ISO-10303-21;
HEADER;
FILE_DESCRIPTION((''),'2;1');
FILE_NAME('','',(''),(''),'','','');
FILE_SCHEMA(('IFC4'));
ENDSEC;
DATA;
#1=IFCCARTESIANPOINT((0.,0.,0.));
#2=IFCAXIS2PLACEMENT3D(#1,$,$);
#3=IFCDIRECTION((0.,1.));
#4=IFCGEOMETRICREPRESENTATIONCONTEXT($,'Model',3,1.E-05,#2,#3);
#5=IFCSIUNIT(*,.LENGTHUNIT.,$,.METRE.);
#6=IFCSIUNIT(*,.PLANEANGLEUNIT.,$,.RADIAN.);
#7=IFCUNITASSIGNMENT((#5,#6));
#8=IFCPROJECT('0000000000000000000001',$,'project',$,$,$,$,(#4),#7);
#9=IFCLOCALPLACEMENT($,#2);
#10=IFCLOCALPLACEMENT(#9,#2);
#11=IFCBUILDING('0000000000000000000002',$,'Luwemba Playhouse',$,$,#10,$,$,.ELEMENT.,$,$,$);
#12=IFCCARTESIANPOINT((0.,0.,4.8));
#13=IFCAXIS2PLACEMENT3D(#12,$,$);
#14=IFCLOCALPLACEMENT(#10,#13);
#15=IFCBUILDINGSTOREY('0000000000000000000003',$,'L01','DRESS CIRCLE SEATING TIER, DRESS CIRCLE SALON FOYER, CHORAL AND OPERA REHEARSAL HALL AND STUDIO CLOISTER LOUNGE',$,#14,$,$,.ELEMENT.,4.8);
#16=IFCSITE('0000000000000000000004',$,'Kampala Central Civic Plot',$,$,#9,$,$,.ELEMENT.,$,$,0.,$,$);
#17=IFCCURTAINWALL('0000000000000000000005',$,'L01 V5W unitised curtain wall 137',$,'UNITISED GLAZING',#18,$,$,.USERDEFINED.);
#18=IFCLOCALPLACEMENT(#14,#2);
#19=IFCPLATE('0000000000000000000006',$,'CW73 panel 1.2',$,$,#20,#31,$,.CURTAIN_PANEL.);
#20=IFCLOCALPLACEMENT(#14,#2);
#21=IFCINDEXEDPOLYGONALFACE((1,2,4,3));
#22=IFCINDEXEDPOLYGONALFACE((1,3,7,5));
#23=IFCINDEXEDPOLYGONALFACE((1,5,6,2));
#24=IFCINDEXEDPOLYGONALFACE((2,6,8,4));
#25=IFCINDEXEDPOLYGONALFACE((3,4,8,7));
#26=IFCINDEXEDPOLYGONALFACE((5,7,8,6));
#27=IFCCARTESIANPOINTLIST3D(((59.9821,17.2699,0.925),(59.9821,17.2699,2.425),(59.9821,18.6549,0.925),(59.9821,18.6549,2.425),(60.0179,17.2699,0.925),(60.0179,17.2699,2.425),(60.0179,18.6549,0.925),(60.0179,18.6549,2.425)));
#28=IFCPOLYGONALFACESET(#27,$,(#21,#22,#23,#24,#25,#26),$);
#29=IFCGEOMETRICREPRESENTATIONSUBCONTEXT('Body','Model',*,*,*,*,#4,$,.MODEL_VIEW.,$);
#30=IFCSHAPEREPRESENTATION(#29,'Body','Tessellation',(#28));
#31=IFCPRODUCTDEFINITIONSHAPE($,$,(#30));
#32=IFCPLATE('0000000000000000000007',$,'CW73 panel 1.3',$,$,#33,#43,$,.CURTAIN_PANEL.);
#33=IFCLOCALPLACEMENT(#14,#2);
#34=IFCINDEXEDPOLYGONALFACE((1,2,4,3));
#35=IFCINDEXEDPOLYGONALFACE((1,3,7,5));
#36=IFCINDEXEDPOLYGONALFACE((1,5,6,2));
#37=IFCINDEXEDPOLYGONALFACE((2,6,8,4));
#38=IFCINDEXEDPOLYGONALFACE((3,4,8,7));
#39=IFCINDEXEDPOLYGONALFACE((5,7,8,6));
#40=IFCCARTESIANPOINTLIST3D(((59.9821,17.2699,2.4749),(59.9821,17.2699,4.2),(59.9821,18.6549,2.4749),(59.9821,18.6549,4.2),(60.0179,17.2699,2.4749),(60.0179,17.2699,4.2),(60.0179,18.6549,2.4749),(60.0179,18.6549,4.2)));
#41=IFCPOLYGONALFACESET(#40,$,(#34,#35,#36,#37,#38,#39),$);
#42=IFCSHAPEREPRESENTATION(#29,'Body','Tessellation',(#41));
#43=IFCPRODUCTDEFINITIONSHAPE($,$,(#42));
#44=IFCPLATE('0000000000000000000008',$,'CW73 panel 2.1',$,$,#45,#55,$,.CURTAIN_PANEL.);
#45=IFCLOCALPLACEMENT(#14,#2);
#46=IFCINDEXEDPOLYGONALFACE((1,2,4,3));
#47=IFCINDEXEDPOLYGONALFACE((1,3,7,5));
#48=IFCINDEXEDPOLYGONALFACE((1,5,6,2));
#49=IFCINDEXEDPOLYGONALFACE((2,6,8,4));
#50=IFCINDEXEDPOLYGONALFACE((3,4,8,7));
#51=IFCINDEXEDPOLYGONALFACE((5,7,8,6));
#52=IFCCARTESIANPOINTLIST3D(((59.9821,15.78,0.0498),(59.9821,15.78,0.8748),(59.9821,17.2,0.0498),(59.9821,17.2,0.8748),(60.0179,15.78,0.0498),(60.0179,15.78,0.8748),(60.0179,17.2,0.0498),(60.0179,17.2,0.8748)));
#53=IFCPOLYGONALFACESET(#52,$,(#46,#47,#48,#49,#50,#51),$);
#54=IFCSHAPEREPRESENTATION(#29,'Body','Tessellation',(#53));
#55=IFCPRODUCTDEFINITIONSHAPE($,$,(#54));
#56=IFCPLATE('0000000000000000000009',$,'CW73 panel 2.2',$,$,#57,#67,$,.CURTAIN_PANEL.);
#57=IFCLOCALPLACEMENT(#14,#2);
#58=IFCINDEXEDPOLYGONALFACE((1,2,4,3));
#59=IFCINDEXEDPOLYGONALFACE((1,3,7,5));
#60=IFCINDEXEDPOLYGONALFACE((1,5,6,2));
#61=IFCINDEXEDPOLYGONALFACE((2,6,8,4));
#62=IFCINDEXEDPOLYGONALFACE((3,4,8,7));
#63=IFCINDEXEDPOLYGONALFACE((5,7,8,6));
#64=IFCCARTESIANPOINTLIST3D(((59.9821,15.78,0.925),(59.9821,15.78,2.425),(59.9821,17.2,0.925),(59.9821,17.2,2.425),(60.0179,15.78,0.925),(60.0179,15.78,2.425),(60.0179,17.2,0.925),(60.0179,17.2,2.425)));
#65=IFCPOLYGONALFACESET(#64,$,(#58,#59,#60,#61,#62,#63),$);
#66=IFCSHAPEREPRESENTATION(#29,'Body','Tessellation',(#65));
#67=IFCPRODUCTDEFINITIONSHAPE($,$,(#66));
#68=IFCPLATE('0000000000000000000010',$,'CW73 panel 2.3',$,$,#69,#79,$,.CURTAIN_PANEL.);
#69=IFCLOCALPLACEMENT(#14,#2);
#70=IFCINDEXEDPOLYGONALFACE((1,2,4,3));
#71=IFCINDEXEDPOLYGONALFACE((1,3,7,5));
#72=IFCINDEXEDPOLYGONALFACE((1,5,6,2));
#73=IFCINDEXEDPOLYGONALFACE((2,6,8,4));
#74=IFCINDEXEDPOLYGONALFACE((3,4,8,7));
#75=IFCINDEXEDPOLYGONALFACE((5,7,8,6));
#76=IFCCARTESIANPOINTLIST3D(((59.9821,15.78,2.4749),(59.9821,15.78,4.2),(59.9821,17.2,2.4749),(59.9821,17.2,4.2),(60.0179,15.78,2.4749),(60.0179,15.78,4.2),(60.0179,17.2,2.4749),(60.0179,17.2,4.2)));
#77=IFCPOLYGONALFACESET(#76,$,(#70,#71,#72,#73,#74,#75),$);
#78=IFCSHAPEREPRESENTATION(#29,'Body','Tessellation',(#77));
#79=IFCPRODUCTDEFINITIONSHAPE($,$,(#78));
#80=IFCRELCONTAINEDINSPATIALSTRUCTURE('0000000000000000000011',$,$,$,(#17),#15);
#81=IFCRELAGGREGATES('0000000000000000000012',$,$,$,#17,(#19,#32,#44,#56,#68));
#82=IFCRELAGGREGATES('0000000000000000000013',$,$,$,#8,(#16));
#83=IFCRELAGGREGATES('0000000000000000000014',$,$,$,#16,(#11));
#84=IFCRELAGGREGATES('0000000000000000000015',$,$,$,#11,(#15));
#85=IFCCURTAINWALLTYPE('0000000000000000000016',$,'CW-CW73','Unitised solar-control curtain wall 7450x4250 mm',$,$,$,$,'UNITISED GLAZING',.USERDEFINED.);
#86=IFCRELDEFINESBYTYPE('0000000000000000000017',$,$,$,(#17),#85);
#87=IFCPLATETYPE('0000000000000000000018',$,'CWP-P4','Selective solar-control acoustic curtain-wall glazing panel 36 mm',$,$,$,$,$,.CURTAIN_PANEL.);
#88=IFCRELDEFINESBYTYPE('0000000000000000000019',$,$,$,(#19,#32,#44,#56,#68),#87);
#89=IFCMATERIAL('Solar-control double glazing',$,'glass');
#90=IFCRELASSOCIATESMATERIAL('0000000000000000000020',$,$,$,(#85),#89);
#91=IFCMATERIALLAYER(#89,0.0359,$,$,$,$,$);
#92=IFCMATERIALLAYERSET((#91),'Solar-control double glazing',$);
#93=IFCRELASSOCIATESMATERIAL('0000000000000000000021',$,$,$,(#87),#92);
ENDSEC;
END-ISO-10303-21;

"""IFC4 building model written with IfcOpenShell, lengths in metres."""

from ifc_helpers import new_model, si_unit, direction, frame, origin, origin_2d, place, context, subcontext, project, spatial, rectangle, extrude, material, layer, layer_set, type_object, element, aggregate, save


model = new_model("IFC4")

# Units and contexts
model_context = context("Model", 3, precision=1e-05, world=origin(), true_north=direction((0.0, 1.0)))
body_context = subcontext(model_context, "Body", "Model", "MODEL_VIEW")
ifc_project = project(units=[si_unit("LENGTHUNIT", "METRE"), si_unit("PLANEANGLEUNIT", "RADIAN")], contexts=[model_context])

# Site, building, storey
site_placement = place(None, origin())
site = spatial("IfcSite", under=ifc_project, at=site_placement, Name="Kampala Central Civic Plot", CompositionType="ELEMENT", RefElevation=0.0)
building_placement = place(site_placement, origin())
building = spatial("IfcBuilding", under=site, at=building_placement, Name="Luwemba Playhouse", CompositionType="ELEMENT")
storey_placement = place(building_placement, frame((0.0, 0.0, 4.8)))
storey = spatial("IfcBuildingStorey", under=building, at=storey_placement, Name="L01", Description="DRESS CIRCLE SEATING TIER, DRESS CIRCLE SALON FOYER, CHORAL AND OPERA REHEARSAL HALL AND STUDIO CLOISTER LOUNGE", CompositionType="ELEMENT", Elevation=4.8)

# Curtain wall
ifc_material_1 = material(Name="Solar-control double glazing", Category="glass")
curtain_wall_type_1 = type_object("IfcCurtainWallType", Name="CW-CW73", Description="Unitised solar-control curtain wall 7450x4250 mm", ElementType="UNITISED GLAZING", PredefinedType="USERDEFINED", material=ifc_material_1)
curtain_wall_1_placement = place(storey_placement, origin())
curtain_wall_1 = element("IfcCurtainWall", 1, at=curtain_wall_1_placement, inside=storey, type_object=curtain_wall_type_1, Name="L01 V5W unitised curtain wall 137", ObjectType="UNITISED GLAZING", PredefinedType="USERDEFINED")

# Plates
ifc_layer_1 = layer(ifc_material_1, 0.0359)
ifc_layer_set_1 = layer_set([ifc_layer_1], Name="Solar-control double glazing")
plate_type_1 = type_object("IfcPlateType", Name="CWP-P4", Description="Selective solar-control acoustic curtain-wall glazing panel 36 mm", PredefinedType="CURTAIN_PANEL", material=ifc_layer_set_1)
plate_1_placement = place(storey_placement, frame((60.0, 17.9624, 0.925), z_axis=(0.0, 0.0, 1.0), x_axis=(0.0, -1.0, 0.0)))
plate_1 = element("IfcPlate", 2, at=plate_1_placement, type_object=plate_type_1, Name="CW73 panel 1.2", PredefinedType="CURTAIN_PANEL", context=body_context, shape_type="SweptSolid", body=[
    extrude(rectangle(XDim=1.385, YDim=0.0359, at=origin_2d()), origin(), (0.0, 0.0, 1.0), 1.5),
])
plate_2_placement = place(storey_placement, frame((60.0, 17.9624, 2.4749), z_axis=(0.0, 0.0, 1.0), x_axis=(0.0, -1.0, 0.0)))
plate_2 = element("IfcPlate", 3, at=plate_2_placement, type_object=plate_type_1, Name="CW73 panel 1.3", PredefinedType="CURTAIN_PANEL", context=body_context, shape_type="SweptSolid", body=[
    extrude(rectangle(XDim=1.385, YDim=0.0359, at=origin_2d()), origin(), (0.0, 0.0, 1.0), 1.7251),
])
plate_3_placement = place(storey_placement, frame((60.0, 16.49, 0.0498), z_axis=(0.0, 0.0, 1.0), x_axis=(0.0, -1.0, 0.0)))
plate_3 = element("IfcPlate", 4, at=plate_3_placement, type_object=plate_type_1, Name="CW73 panel 2.1", PredefinedType="CURTAIN_PANEL", context=body_context, shape_type="SweptSolid", body=[
    extrude(rectangle(XDim=1.4199, YDim=0.0359, at=origin_2d()), origin(), (0.0, 0.0, 1.0), 0.825),
])
plate_4_placement = place(storey_placement, frame((60.0, 16.49, 0.925), z_axis=(0.0, 0.0, 1.0), x_axis=(0.0, -1.0, 0.0)))
plate_4 = element("IfcPlate", 5, at=plate_4_placement, type_object=plate_type_1, Name="CW73 panel 2.2", PredefinedType="CURTAIN_PANEL", context=body_context, shape_type="SweptSolid", body=[
    extrude(rectangle(XDim=1.4199, YDim=0.0359, at=origin_2d()), origin(), (0.0, 0.0, 1.0), 1.5),
])
plate_5_placement = place(storey_placement, frame((60.0, 16.49, 2.4749), z_axis=(0.0, 0.0, 1.0), x_axis=(0.0, -1.0, 0.0)))
plate_5 = element("IfcPlate", 6, at=plate_5_placement, type_object=plate_type_1, Name="CW73 panel 2.3", PredefinedType="CURTAIN_PANEL", context=body_context, shape_type="SweptSolid", body=[
    extrude(rectangle(XDim=1.4199, YDim=0.0359, at=origin_2d()), origin(), (0.0, 0.0, 1.0), 1.7251),
])
aggregate(curtain_wall_1, [plate_1, plate_2, plate_3, plate_4, plate_5])

save(model, "model.ifc")
